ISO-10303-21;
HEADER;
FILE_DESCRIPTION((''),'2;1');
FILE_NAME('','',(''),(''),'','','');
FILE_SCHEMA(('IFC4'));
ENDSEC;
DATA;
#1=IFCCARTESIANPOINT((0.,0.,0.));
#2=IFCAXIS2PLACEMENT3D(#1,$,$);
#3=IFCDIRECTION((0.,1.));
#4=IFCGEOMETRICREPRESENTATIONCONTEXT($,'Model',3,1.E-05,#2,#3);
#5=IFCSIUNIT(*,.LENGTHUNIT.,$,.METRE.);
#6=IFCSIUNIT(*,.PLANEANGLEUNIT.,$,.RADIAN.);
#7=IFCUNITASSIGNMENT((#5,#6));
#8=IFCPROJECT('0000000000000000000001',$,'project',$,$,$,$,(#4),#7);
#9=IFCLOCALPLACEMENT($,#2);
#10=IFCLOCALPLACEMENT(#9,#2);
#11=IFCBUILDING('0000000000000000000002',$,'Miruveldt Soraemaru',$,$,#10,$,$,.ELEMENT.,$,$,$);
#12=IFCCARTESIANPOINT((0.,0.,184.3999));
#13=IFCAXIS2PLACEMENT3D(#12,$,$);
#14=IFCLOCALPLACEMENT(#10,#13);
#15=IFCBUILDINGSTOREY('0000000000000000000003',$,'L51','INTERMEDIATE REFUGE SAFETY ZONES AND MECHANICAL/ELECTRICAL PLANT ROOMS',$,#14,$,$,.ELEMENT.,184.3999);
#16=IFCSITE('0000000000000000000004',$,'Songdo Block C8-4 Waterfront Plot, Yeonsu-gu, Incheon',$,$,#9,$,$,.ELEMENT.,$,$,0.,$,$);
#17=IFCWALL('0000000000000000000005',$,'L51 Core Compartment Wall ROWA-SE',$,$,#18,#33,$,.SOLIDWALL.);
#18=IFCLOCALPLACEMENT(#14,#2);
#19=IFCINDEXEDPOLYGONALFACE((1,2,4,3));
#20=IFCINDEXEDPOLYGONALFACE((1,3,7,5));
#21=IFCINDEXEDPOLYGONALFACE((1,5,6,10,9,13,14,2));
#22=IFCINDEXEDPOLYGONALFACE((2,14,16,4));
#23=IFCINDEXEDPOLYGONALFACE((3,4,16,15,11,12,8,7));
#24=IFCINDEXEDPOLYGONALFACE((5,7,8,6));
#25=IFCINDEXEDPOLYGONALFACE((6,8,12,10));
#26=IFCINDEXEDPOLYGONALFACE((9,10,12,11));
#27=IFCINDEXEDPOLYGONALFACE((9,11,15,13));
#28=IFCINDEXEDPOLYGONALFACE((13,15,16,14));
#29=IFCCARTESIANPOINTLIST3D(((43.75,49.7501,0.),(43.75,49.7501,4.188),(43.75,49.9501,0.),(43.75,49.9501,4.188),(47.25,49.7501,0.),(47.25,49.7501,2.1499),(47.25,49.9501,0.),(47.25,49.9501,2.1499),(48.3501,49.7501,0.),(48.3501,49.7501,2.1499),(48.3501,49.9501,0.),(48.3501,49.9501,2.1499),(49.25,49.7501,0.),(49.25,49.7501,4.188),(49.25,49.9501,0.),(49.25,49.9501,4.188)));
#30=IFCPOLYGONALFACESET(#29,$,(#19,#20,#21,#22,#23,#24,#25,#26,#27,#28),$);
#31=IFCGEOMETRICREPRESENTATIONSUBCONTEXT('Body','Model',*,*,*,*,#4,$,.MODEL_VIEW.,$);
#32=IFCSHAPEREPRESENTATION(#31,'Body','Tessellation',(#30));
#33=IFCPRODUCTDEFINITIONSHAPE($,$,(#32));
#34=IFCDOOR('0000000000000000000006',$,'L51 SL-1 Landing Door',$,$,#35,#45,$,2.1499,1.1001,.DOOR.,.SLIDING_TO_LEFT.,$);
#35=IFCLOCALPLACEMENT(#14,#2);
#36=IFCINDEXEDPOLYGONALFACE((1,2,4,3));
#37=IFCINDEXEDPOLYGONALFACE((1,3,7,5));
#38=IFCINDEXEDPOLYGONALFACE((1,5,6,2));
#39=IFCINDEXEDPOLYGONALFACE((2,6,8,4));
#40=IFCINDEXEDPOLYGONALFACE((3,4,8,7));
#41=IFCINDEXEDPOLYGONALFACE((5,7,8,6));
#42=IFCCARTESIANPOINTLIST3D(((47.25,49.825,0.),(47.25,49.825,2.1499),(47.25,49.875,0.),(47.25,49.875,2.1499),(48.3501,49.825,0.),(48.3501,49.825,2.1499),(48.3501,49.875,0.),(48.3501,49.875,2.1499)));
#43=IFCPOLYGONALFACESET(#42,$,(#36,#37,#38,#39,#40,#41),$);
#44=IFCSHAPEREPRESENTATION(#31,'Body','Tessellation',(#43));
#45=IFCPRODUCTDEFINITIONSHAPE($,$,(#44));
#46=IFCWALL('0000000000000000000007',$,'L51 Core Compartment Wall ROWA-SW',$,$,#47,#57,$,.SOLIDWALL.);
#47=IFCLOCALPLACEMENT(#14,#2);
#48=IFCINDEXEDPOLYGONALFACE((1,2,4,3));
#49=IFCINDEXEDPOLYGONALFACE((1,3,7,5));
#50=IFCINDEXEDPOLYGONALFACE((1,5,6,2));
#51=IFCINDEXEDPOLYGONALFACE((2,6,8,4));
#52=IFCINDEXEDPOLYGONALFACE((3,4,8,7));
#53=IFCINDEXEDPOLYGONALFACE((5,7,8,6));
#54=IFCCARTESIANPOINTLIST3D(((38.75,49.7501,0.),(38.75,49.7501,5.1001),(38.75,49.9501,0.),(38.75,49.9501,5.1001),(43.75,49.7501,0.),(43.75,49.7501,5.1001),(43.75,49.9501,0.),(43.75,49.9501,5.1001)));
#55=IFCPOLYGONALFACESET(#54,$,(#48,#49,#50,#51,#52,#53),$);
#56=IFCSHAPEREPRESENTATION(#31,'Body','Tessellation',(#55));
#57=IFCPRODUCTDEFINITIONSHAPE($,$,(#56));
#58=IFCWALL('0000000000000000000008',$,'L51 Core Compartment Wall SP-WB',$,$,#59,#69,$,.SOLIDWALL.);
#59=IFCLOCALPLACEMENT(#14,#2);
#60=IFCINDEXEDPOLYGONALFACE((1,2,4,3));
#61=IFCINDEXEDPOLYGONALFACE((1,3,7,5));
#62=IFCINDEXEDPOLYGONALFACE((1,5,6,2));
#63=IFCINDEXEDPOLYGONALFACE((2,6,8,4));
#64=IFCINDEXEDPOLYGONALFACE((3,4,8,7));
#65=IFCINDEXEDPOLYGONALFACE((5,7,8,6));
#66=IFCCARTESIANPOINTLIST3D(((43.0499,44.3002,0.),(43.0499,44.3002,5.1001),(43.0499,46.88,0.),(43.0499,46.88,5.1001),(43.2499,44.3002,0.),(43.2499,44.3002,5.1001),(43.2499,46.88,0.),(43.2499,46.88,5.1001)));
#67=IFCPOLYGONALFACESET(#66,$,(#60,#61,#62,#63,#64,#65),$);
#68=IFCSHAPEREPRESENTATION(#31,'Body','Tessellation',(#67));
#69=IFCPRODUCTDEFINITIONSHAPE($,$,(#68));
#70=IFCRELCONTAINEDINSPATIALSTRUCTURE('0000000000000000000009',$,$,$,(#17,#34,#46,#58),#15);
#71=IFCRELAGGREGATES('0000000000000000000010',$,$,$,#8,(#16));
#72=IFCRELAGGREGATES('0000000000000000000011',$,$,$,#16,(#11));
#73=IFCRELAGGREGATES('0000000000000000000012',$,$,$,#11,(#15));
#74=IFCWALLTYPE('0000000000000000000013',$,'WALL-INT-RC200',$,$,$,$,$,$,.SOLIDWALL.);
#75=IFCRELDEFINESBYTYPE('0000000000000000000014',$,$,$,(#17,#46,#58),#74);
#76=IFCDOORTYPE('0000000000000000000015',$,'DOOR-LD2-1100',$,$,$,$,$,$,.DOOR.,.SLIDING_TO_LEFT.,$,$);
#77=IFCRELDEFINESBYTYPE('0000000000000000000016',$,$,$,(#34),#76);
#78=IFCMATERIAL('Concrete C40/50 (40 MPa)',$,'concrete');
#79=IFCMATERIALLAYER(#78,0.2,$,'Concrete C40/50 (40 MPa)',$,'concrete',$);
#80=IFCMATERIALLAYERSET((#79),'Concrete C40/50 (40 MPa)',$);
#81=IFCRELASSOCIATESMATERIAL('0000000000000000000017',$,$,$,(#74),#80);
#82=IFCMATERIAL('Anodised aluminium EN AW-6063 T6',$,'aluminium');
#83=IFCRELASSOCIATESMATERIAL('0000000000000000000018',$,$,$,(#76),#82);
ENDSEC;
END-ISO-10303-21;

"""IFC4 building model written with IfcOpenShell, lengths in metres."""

from ifc_helpers import new_model, si_unit, direction, frame, frame_2d, origin, place, context, subcontext, project, spatial, rectangle, extrude, material, layer, layer_set, type_object, element, fill, save


model = new_model("IFC4")

# Units and contexts
model_context = context("Model", 3, precision=1e-05, world=origin(), true_north=direction((0.0, 1.0)))
body_context = subcontext(model_context, "Body", "Model", "MODEL_VIEW")
ifc_project = project(units=[si_unit("LENGTHUNIT", "METRE"), si_unit("PLANEANGLEUNIT", "RADIAN")], contexts=[model_context])

# Site, building, storey
site_placement = place(None, origin())
site = spatial("IfcSite", under=ifc_project, at=site_placement, Name="Songdo Block C8-4 Waterfront Plot, Yeonsu-gu, Incheon", CompositionType="ELEMENT", RefElevation=0.0)
building_placement = place(site_placement, origin())
building = spatial("IfcBuilding", under=site, at=building_placement, Name="Miruveldt Soraemaru", CompositionType="ELEMENT")
storey_placement = place(building_placement, frame((0.0, 0.0, 184.3999)))
storey = spatial("IfcBuildingStorey", under=building, at=storey_placement, Name="L51", Description="INTERMEDIATE REFUGE SAFETY ZONES AND MECHANICAL/ELECTRICAL PLANT ROOMS", CompositionType="ELEMENT", Elevation=184.3999)

# Shared definitions
ifc_material_1 = material(Name="Concrete C40/50 (40 MPa)", Category="concrete")

# Wall, opening, door
ifc_layer_1 = layer(ifc_material_1, 0.2, Name="Concrete C40/50 (40 MPa)", Category="concrete")
ifc_layer_set_1 = layer_set([ifc_layer_1], Name="Concrete C40/50 (40 MPa)")
wall_type_1 = type_object("IfcWallType", Name="WALL-INT-RC200", PredefinedType="SOLIDWALL", material=ifc_layer_set_1)
wall_1_placement = place(storey_placement, frame((43.75, 49.8501, 0.0), z_axis=(0.0, 0.0, 1.0), x_axis=(1.0, 0.0, 0.0)))
wall_1 = element("IfcWall", 1, at=wall_1_placement, inside=storey, type_object=wall_type_1, Name="L51 Core Compartment Wall ROWA-SE", PredefinedType="SOLIDWALL", context=body_context, shape_type="SweptSolid", body=[
    extrude(rectangle(XDim=5.5, YDim=0.2, at=frame_2d((2.75, 0.0))), origin(), (0.0, 0.0, 1.0), 4.188),
])
opening_1_placement = place(wall_1_placement, frame((3.5, 0.0, 0.0)))
opening_1 = element("IfcOpeningElement", 2, at=opening_1_placement, cuts=wall_1, PredefinedType="OPENING", context=body_context, shape_type="SweptSolid", body=[
    extrude(rectangle(XDim=1.1001, YDim=2.1499, at=frame_2d((0.55, 1.075))), frame((0.0, 0.1099, 0.0), z_axis=(0.0, -1.0, 0.0), x_axis=(1.0, 0.0, 0.0)), (0.0, 0.0, 1.0), 0.22),
])
ifc_material_2 = material(Name="Anodised aluminium EN AW-6063 T6", Category="aluminium")
door_type_1 = type_object("IfcDoorType", Name="DOOR-LD2-1100", OperationType="SLIDING_TO_LEFT", PredefinedType="DOOR", material=ifc_material_2)
door_1_placement = place(opening_1_placement, origin())
door_1 = element("IfcDoor", 3, at=door_1_placement, inside=storey, type_object=door_type_1, Name="L51 SL-1 Landing Door", OperationType="SLIDING_TO_LEFT", OverallHeight=2.1499, OverallWidth=1.1001, PredefinedType="DOOR", context=body_context, shape_type="SweptSolid", body=[
    extrude(rectangle(XDim=1.1001, YDim=2.1499, at=frame_2d((0.55, 1.075))), frame((0.0, 0.0249, 0.0), z_axis=(0.0, -1.0, 0.0), x_axis=(1.0, 0.0, 0.0)), (0.0, 0.0, 1.0), 0.05),
])
fill(opening_1, door_1)

# Walls
wall_2_placement = place(storey_placement, frame((38.75, 49.8501, 0.0), z_axis=(0.0, 0.0, 1.0), x_axis=(1.0, 0.0, 0.0)))
element("IfcWall", 4, at=wall_2_placement, inside=storey, type_object=wall_type_1, Name="L51 Core Compartment Wall ROWA-SW", PredefinedType="SOLIDWALL", context=body_context, shape_type="SweptSolid", body=[
    extrude(rectangle(XDim=5.0, YDim=0.2, at=frame_2d((2.5, 0.0))), origin(), (0.0, 0.0, 1.0), 5.1001),
])
wall_3_placement = place(storey_placement, frame((43.1499, 44.3, 0.0), z_axis=(0.0, 0.0, 1.0), x_axis=(0.0, 1.0, 0.0)))
element("IfcWall", 5, at=wall_3_placement, inside=storey, type_object=wall_type_1, Name="L51 Core Compartment Wall SP-WB", PredefinedType="SOLIDWALL", context=body_context, shape_type="SweptSolid", body=[
    extrude(rectangle(XDim=2.5798, YDim=0.2, at=frame_2d((1.29, 0.0))), origin(), (0.0, 0.0, 1.0), 5.1001),
])

save(model, "model.ifc")
